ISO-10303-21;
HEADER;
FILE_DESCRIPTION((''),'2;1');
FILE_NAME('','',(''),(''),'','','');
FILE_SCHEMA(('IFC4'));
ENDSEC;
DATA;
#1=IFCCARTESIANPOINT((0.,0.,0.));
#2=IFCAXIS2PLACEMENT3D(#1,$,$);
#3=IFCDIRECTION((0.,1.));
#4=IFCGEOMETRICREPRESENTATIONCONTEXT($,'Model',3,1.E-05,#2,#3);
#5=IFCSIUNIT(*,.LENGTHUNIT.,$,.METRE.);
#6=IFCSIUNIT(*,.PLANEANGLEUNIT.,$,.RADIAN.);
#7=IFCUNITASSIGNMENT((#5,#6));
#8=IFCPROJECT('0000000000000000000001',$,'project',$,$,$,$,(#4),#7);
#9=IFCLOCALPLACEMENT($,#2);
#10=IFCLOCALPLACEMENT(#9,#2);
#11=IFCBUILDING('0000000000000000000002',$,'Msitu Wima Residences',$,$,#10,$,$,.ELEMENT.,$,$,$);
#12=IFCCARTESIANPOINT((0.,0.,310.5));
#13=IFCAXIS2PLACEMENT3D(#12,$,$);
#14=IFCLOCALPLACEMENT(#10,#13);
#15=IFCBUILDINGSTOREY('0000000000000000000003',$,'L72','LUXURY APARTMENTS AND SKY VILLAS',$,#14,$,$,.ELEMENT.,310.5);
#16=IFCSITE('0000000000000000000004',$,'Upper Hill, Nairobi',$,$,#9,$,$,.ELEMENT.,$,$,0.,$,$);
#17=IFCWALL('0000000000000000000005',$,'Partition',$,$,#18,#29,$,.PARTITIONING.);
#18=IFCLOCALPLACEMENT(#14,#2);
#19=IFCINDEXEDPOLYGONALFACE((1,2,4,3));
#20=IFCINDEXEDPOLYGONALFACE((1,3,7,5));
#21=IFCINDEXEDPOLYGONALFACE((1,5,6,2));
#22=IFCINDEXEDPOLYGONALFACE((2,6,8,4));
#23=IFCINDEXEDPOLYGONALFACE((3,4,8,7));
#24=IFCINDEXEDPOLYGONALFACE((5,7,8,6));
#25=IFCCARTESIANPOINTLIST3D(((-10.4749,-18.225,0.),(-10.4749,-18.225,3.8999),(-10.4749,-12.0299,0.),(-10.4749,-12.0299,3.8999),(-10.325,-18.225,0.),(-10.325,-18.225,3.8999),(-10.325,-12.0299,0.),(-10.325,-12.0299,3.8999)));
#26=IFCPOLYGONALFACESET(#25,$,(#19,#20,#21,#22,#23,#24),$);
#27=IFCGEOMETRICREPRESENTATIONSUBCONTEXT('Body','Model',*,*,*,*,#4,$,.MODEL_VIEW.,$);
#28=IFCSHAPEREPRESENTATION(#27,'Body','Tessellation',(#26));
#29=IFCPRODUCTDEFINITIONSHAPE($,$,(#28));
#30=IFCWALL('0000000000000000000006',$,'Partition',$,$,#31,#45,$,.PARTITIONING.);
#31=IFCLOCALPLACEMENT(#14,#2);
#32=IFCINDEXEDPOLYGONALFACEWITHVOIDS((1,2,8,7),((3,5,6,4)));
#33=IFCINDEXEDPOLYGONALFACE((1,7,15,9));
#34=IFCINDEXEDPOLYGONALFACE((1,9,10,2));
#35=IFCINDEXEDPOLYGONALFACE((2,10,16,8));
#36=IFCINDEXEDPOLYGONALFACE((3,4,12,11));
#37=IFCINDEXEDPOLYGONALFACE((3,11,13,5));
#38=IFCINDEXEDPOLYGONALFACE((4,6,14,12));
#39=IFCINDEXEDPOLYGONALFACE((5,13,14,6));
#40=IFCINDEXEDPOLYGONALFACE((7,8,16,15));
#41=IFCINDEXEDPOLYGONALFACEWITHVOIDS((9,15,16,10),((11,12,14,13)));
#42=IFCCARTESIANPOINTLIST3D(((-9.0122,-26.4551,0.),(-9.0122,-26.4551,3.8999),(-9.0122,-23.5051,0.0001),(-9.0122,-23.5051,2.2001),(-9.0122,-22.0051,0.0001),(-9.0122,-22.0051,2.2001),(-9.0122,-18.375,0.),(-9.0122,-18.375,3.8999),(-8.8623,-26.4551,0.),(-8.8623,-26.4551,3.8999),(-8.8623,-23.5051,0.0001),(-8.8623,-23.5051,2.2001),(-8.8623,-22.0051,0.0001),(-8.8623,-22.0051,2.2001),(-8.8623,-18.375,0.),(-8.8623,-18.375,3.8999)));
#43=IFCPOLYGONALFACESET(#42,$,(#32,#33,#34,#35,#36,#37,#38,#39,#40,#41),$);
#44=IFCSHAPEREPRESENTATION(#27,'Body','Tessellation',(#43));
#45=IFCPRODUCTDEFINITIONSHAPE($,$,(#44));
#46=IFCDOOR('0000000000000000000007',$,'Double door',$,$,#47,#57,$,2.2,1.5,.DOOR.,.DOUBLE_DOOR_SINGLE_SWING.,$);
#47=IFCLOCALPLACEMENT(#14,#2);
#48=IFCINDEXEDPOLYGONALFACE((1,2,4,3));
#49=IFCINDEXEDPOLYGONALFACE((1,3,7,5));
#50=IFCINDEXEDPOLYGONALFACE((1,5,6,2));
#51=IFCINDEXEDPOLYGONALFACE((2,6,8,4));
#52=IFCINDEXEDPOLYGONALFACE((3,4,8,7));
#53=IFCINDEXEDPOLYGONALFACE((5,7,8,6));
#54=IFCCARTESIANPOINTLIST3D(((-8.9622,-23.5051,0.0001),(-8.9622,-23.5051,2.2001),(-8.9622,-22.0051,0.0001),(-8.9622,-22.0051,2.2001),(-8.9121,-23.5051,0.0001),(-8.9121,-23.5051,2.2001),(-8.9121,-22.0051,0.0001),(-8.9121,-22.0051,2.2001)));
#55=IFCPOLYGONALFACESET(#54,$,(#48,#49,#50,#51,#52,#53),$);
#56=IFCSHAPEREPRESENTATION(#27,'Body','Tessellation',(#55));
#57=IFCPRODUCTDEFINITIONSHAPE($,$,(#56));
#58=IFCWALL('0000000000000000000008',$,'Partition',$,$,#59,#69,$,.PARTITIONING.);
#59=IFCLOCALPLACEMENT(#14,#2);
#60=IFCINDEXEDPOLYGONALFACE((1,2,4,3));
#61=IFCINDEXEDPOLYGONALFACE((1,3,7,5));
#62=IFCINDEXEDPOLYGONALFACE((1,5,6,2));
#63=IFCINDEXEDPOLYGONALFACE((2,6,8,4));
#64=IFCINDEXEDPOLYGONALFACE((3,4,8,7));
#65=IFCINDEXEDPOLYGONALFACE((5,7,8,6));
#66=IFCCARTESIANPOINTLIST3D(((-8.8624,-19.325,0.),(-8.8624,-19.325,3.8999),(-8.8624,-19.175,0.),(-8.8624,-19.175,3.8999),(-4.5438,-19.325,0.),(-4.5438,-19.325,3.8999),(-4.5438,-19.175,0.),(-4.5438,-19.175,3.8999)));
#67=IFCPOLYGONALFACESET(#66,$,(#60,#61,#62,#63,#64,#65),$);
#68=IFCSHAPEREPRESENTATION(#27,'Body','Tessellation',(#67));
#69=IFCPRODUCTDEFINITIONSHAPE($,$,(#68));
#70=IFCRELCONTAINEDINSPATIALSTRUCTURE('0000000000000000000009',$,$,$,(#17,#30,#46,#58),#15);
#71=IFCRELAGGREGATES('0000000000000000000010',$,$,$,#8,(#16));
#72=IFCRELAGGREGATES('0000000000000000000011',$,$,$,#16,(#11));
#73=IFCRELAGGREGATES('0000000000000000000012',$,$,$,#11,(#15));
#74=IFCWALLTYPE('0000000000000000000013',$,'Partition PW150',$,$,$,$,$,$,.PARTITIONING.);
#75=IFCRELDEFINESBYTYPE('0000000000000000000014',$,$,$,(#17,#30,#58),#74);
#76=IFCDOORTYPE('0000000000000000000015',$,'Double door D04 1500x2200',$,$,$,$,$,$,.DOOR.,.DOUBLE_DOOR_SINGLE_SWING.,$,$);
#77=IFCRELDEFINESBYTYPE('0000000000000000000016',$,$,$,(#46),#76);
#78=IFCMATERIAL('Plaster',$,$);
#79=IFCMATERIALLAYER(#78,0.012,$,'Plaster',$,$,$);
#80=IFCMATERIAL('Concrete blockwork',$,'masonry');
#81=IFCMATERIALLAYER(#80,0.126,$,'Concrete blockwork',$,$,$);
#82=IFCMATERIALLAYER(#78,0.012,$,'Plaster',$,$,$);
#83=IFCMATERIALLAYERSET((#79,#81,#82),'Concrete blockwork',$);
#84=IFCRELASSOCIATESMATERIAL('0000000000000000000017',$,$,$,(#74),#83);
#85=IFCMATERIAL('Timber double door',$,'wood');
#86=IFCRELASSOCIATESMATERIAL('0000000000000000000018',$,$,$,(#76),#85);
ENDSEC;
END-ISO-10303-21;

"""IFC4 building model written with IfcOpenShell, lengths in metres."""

from ifc_helpers import new_model, si_unit, direction, frame, frame_2d, origin, place, context, subcontext, project, spatial, rectangle, extrude, material, layer, layer_set, type_object, element, fill, save


model = new_model("IFC4")

# Units and contexts
model_context = context("Model", 3, precision=1e-05, world=origin(), true_north=direction((0.0, 1.0)))
body_context = subcontext(model_context, "Body", "Model", "MODEL_VIEW")
ifc_project = project(units=[si_unit("LENGTHUNIT", "METRE"), si_unit("PLANEANGLEUNIT", "RADIAN")], contexts=[model_context])

# Site, building, storey
site_placement = place(None, origin())
site = spatial("IfcSite", under=ifc_project, at=site_placement, Name="Upper Hill, Nairobi", CompositionType="ELEMENT", RefElevation=0.0)
building_placement = place(site_placement, origin())
building = spatial("IfcBuilding", under=site, at=building_placement, Name="Msitu Wima Residences", CompositionType="ELEMENT")
storey_placement = place(building_placement, frame((0.0, 0.0, 310.5)))
storey = spatial("IfcBuildingStorey", under=building, at=storey_placement, Name="L72", Description="LUXURY APARTMENTS AND SKY VILLAS", CompositionType="ELEMENT", Elevation=310.5)

# Shared definitions
ifc_material_1 = material(Name="Plaster")
ifc_layer_1 = layer(ifc_material_1, 0.012, Name="Plaster")
ifc_material_2 = material(Name="Concrete blockwork", Category="masonry")
ifc_layer_2 = layer(ifc_material_2, 0.126, Name="Concrete blockwork")
ifc_layer_3 = layer(ifc_material_1, 0.012, Name="Plaster")
ifc_layer_set_1 = layer_set([ifc_layer_1, ifc_layer_2, ifc_layer_3], Name="Concrete blockwork")
wall_type_1 = type_object("IfcWallType", Name="Partition PW150", PredefinedType="PARTITIONING", material=ifc_layer_set_1)
ifc_material_3 = material(Name="Timber double door", Category="wood")
door_type_1 = type_object("IfcDoorType", Name="Double door D04 1500x2200", OperationType="DOUBLE_DOOR_SINGLE_SWING", PredefinedType="DOOR", material=ifc_material_3)

# Wall
wall_1_placement = place(storey_placement, frame((-10.3999, -18.2251, 0.0), z_axis=(0.0, 0.0, 1.0), x_axis=(0.0, 1.0, 0.0)))
element("IfcWall", 1, at=wall_1_placement, inside=storey, type_object=wall_type_1, Name="Partition", PredefinedType="PARTITIONING", context=body_context, shape_type="SweptSolid", body=[
    extrude(rectangle(XDim=6.1951, YDim=0.1499, at=frame_2d((3.0977, 0.0))), origin(), (0.0, 0.0, 1.0), 3.8999),
])

# Wall, opening, door
wall_2_placement = place(storey_placement, frame((-8.9373, -26.4551, 0.0), z_axis=(0.0, 0.0, 1.0), x_axis=(0.0, 1.0, 0.0)))
wall_2 = element("IfcWall", 2, at=wall_2_placement, inside=storey, type_object=wall_type_1, Name="Partition", PredefinedType="PARTITIONING", context=body_context, shape_type="SweptSolid", body=[
    extrude(rectangle(XDim=8.0801, YDim=0.1499, at=frame_2d((4.04, 0.0))), origin(), (0.0, 0.0, 1.0), 3.8999),
])
opening_1_placement = place(wall_2_placement, frame((2.95, 0.0, 0.0)))
opening_1 = element("IfcOpeningElement", 3, at=opening_1_placement, cuts=wall_2, PredefinedType="OPENING", context=body_context, shape_type="SweptSolid", body=[
    extrude(rectangle(XDim=1.5, YDim=2.2, at=frame_2d((0.75, 1.1001))), frame((0.0, 0.085, 0.0), z_axis=(0.0, -1.0, 0.0), x_axis=(1.0, 0.0, 0.0)), (0.0, 0.0, 1.0), 0.1699),
])
door_1_placement = place(opening_1_placement, origin())
door_1 = element("IfcDoor", 4, at=door_1_placement, inside=storey, type_object=door_type_1, Name="Double door", OperationType="DOUBLE_DOOR_SINGLE_SWING", OverallHeight=2.2, OverallWidth=1.5, PredefinedType="DOOR", context=body_context, shape_type="SweptSolid", body=[
    extrude(rectangle(XDim=1.5, YDim=2.2, at=frame_2d((0.75, 1.1001))), frame((0.0, 0.0249, 0.0), z_axis=(0.0, -1.0, 0.0), x_axis=(1.0, 0.0, 0.0)), (0.0, 0.0, 1.0), 0.05),
])
fill(opening_1, door_1)

# Wall
wall_3_placement = place(storey_placement, frame((-8.8623, -19.25, 0.0), z_axis=(0.0, 0.0, 1.0), x_axis=(1.0, 0.0, 0.0)))
element("IfcWall", 5, at=wall_3_placement, inside=storey, type_object=wall_type_1, Name="Partition", PredefinedType="PARTITIONING", context=body_context, shape_type="SweptSolid", body=[
    extrude(rectangle(XDim=4.3186, YDim=0.1499, at=frame_2d((2.1592, 0.0))), origin(), (0.0, 0.0, 1.0), 3.8999),
])

save(model, "model.ifc")
